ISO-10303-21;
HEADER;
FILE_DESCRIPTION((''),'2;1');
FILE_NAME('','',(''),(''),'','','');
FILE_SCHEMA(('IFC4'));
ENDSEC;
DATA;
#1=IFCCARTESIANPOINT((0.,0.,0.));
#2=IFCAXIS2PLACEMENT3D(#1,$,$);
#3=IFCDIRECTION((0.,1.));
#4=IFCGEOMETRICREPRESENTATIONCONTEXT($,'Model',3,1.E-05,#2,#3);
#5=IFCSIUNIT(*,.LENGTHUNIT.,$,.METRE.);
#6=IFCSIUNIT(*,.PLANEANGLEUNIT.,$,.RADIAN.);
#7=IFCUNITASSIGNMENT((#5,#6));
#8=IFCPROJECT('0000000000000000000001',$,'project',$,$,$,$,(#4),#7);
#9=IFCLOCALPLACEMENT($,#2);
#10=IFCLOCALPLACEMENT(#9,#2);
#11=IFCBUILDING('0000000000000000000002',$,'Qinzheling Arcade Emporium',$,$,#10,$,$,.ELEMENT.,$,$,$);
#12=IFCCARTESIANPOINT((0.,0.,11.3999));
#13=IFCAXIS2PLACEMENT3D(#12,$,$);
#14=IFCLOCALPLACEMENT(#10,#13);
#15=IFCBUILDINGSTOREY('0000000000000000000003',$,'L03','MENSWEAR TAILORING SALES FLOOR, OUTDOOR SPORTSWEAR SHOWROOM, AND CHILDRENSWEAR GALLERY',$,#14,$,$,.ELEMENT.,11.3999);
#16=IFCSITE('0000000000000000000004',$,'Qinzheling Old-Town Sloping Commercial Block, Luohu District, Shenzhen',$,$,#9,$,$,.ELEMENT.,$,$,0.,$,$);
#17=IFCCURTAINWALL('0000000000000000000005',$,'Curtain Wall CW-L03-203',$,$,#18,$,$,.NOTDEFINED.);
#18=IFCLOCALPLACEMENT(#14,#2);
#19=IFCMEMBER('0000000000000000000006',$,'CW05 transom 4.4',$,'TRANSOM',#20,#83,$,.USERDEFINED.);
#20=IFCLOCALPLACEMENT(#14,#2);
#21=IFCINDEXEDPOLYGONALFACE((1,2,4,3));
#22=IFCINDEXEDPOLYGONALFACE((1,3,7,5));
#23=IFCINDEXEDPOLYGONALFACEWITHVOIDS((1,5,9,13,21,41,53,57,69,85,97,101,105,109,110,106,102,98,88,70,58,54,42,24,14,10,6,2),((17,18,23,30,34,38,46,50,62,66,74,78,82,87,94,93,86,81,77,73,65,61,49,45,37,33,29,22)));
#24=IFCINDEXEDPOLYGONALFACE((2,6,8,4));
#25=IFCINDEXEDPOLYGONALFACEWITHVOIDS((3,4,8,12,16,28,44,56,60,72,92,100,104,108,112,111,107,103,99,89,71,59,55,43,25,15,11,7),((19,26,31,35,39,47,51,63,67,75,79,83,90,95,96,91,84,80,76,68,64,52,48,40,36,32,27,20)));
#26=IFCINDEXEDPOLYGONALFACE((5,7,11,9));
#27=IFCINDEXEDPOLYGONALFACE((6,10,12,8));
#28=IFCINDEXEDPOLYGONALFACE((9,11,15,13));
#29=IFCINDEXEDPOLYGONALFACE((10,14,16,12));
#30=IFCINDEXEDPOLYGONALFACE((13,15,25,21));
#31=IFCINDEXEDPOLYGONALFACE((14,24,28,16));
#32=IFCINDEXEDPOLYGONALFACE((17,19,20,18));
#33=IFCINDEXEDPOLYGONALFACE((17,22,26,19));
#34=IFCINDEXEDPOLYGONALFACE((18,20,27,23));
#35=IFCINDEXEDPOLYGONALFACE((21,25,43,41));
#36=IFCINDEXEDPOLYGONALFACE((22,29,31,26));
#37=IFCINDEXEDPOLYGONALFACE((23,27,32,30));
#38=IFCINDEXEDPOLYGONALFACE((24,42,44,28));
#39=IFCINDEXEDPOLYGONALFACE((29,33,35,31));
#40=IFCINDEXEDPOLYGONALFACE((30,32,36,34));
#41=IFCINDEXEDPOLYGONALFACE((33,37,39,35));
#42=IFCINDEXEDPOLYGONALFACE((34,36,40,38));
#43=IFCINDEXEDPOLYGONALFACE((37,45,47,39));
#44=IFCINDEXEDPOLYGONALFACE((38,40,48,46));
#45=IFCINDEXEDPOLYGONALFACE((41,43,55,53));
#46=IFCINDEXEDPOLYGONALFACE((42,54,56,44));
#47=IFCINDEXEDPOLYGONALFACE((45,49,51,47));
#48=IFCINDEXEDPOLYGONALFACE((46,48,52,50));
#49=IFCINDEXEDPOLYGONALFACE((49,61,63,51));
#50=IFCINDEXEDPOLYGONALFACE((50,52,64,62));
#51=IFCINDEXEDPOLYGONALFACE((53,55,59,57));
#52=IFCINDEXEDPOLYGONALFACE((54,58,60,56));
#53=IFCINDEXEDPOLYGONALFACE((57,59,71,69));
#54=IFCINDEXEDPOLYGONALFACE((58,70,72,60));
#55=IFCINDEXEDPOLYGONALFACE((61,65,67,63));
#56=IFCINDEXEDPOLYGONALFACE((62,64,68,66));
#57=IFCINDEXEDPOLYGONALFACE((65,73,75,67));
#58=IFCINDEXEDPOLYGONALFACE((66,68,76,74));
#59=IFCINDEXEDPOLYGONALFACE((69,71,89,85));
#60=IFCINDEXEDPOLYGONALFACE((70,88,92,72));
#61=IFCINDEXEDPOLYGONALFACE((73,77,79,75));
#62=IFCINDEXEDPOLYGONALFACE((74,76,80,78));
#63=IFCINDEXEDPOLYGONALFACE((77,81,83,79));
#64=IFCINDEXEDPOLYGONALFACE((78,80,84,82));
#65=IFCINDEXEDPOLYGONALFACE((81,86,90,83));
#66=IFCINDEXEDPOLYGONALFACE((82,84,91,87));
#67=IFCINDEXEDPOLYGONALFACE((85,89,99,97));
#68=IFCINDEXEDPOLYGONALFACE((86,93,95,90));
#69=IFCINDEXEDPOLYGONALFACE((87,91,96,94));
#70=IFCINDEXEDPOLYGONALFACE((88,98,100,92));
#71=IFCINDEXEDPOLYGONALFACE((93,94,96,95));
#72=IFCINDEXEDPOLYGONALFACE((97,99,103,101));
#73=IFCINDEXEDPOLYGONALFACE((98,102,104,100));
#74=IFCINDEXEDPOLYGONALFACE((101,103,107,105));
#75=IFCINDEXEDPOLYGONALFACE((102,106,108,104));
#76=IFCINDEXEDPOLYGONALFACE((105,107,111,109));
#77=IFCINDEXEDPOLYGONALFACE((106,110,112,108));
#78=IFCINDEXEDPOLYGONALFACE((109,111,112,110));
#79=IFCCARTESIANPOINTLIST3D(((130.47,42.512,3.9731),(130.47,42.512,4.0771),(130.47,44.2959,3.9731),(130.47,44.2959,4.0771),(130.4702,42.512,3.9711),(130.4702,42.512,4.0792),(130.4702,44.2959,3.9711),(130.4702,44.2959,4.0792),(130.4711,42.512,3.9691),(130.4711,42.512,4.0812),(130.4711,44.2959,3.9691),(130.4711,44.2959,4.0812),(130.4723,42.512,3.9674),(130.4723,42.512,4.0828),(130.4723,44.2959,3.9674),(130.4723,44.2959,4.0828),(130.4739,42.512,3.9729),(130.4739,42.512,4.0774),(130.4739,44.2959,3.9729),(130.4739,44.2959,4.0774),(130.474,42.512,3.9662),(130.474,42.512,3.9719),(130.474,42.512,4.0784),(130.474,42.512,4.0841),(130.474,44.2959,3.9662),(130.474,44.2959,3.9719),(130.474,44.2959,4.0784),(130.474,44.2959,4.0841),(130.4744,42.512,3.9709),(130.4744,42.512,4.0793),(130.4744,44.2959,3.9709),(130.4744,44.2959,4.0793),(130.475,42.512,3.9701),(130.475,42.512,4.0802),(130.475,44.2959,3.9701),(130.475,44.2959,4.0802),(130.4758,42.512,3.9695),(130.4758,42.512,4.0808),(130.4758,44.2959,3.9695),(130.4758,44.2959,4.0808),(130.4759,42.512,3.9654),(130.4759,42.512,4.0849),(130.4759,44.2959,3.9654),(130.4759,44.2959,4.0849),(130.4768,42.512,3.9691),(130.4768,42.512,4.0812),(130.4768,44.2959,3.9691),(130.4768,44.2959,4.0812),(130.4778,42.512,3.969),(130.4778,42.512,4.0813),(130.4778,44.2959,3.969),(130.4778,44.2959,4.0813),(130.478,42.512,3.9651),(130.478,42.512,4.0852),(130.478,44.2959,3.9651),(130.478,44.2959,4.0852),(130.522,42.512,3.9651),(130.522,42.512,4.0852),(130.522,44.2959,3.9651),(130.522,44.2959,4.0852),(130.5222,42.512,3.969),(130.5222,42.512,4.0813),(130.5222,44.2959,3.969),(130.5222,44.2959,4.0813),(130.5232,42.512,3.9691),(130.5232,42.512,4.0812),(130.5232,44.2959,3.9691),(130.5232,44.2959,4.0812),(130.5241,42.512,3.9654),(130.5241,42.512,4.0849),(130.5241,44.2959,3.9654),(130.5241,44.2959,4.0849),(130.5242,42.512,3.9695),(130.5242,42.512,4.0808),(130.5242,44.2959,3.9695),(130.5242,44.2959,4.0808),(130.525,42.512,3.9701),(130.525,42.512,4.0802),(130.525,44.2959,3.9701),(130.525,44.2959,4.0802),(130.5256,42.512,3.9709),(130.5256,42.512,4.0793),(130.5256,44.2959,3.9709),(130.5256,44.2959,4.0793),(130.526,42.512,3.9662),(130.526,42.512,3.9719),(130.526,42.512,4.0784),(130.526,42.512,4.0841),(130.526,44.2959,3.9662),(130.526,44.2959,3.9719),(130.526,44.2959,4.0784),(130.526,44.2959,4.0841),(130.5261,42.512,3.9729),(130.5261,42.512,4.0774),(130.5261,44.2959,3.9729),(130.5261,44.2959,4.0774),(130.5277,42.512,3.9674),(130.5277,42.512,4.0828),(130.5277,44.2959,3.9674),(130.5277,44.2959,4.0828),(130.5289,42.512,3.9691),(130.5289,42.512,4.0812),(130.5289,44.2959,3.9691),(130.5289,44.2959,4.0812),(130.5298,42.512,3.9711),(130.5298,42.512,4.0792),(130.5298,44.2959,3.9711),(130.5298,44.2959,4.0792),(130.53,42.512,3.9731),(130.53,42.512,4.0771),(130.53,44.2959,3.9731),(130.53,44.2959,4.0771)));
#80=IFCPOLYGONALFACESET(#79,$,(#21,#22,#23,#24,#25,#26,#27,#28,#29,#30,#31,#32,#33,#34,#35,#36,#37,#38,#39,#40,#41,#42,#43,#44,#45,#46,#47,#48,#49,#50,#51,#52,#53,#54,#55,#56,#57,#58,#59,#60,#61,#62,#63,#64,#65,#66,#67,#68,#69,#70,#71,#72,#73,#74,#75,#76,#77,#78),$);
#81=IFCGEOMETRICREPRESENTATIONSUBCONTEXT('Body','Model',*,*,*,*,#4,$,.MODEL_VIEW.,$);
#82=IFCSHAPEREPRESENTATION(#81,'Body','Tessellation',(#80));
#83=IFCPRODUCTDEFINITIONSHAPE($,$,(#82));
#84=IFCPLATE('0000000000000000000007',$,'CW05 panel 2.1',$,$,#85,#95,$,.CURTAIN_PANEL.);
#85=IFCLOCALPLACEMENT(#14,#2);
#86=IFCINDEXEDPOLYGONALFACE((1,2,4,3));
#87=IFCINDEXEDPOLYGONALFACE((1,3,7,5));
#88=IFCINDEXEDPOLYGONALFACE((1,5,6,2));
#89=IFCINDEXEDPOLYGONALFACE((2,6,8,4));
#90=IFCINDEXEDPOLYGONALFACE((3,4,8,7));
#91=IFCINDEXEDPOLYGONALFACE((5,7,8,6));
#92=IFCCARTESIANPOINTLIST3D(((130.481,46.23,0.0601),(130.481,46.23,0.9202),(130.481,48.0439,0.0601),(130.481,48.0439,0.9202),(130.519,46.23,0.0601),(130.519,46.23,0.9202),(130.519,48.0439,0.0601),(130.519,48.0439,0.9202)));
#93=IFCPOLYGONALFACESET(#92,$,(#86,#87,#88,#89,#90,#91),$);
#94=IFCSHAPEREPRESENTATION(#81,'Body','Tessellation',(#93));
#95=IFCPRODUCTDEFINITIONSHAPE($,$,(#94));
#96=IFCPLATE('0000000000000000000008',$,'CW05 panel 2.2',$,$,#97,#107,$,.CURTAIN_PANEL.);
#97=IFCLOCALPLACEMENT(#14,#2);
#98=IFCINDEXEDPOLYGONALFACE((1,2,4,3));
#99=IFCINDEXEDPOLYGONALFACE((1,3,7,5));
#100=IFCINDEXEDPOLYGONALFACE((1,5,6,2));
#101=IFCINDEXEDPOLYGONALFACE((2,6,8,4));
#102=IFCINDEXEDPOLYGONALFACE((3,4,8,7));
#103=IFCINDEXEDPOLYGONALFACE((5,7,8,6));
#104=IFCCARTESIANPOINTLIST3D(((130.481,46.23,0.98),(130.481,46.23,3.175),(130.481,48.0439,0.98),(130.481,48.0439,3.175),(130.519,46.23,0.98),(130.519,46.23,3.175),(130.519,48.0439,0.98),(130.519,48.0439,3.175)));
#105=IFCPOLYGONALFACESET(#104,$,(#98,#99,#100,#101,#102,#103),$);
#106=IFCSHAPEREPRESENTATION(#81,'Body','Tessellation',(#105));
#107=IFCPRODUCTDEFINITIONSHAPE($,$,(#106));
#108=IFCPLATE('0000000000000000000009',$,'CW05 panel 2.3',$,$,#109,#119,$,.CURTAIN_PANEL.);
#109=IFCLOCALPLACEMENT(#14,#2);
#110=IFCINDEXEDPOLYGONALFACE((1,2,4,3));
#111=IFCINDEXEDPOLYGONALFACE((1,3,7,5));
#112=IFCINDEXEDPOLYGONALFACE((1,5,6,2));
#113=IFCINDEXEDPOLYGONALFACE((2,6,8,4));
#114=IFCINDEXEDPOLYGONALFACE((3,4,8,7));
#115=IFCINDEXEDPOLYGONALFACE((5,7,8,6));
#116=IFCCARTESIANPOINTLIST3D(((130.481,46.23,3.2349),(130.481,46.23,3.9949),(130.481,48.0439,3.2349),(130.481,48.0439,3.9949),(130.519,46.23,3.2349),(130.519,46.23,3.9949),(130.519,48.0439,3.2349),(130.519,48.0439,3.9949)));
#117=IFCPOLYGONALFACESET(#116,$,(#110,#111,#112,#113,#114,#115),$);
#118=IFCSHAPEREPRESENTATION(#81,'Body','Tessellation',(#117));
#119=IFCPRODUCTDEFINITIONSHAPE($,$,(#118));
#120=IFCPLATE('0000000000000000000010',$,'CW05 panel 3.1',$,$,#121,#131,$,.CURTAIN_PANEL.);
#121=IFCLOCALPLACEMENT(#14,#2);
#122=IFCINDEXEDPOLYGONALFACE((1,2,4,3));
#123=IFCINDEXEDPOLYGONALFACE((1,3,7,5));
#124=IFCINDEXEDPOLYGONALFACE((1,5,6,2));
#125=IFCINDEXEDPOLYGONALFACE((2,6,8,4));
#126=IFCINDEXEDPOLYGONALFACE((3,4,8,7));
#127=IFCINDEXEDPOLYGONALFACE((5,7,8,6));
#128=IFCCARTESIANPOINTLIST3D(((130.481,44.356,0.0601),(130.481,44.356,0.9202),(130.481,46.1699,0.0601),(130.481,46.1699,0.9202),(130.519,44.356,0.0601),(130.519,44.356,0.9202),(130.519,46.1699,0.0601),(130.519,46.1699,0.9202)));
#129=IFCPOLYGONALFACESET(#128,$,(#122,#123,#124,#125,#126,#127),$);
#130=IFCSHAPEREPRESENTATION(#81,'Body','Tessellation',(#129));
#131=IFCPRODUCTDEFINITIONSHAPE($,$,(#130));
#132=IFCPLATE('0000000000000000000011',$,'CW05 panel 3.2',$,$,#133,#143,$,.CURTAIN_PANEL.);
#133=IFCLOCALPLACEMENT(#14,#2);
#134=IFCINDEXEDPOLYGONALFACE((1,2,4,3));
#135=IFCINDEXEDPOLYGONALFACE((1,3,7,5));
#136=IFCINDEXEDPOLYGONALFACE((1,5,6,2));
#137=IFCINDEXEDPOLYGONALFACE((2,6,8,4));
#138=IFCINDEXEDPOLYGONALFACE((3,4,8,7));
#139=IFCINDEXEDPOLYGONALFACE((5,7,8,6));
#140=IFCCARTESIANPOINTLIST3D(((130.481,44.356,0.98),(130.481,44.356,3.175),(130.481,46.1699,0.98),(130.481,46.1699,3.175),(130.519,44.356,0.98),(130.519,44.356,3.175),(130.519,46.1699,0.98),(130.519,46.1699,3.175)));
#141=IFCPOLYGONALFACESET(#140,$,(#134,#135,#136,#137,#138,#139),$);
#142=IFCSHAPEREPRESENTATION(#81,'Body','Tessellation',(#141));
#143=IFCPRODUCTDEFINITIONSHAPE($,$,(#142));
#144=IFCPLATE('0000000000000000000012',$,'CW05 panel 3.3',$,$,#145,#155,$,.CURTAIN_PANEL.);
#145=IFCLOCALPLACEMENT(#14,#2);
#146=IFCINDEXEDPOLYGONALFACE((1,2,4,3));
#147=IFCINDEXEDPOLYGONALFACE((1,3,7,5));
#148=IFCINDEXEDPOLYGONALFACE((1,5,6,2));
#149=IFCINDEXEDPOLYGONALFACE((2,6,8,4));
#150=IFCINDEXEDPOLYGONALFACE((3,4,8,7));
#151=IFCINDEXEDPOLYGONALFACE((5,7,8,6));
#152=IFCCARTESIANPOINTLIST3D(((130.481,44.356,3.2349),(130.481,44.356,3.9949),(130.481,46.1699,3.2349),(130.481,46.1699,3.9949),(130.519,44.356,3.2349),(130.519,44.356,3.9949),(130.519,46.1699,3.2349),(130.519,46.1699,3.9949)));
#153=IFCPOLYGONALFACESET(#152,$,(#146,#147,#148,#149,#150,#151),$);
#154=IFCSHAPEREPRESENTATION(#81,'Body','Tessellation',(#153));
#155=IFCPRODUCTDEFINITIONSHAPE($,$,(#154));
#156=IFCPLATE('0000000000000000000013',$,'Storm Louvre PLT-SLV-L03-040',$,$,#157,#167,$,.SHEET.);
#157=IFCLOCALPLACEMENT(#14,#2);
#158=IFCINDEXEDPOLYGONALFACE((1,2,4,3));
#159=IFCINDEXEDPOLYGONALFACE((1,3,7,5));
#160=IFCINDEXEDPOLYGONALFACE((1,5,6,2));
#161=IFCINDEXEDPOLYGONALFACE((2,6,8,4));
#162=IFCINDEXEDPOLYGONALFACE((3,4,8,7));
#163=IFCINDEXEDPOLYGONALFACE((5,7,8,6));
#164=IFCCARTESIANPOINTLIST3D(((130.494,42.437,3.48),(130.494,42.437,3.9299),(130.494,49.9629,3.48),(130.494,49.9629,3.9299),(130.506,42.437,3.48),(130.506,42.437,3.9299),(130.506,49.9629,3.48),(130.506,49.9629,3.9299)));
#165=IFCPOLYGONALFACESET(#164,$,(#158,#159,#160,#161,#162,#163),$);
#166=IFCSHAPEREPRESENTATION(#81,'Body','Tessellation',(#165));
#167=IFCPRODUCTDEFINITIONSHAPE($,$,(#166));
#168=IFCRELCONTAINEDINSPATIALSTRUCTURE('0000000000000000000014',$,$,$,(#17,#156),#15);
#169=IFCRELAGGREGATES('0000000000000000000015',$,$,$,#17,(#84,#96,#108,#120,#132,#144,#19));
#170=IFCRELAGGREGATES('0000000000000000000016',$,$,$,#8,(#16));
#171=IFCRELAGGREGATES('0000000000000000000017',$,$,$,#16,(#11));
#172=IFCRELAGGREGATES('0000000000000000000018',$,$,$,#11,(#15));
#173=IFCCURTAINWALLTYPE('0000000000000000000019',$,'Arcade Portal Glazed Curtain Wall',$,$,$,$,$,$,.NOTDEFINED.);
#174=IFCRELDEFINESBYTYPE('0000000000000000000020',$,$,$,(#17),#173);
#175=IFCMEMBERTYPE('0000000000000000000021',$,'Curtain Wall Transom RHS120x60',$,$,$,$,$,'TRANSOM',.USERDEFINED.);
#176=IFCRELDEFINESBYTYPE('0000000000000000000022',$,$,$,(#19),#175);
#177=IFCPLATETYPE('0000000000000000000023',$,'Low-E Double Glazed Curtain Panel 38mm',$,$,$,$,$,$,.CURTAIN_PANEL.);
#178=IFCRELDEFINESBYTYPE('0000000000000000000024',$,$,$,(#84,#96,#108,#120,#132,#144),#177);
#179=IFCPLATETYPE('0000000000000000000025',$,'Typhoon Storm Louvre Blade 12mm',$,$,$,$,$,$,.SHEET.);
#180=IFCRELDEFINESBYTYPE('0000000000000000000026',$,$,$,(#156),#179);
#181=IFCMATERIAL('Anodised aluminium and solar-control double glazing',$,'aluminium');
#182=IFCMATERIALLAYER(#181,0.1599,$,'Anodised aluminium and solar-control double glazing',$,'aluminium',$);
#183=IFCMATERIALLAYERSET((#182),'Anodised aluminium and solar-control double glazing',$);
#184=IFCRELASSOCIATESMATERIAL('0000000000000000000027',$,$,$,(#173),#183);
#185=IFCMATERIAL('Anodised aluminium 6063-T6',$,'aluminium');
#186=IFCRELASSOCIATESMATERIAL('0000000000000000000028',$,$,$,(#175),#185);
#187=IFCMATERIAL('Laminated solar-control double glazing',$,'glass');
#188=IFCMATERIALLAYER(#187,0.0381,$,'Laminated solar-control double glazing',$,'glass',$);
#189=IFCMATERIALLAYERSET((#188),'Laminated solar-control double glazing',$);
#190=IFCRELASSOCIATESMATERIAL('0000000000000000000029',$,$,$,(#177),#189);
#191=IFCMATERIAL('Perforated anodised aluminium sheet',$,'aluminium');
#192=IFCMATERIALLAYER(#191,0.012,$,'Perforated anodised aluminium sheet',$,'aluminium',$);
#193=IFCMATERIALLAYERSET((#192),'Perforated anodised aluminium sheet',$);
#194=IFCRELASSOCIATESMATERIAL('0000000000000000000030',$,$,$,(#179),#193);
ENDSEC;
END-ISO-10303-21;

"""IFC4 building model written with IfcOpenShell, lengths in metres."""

from ifc_helpers import new_model, si_unit, direction, frame, origin, origin_2d, place, context, subcontext, project, spatial, rectangle, hollow_rectangle, extrude, material, layer, layer_set, material_profile, profile_set, type_object, element, aggregate, save


model = new_model("IFC4")

# Units and contexts
model_context = context("Model", 3, precision=1e-05, world=origin(), true_north=direction((0.0, 1.0)))
body_context = subcontext(model_context, "Body", "Model", "MODEL_VIEW")
ifc_project = project(units=[si_unit("LENGTHUNIT", "METRE"), si_unit("PLANEANGLEUNIT", "RADIAN")], contexts=[model_context])

# Site, building, storey
site_placement = place(None, origin())
site = spatial("IfcSite", under=ifc_project, at=site_placement, Name="Qinzheling Old-Town Sloping Commercial Block, Luohu District, Shenzhen", CompositionType="ELEMENT", RefElevation=0.0)
building_placement = place(site_placement, origin())
building = spatial("IfcBuilding", under=site, at=building_placement, Name="Qinzheling Arcade Emporium", CompositionType="ELEMENT")
storey_placement = place(building_placement, frame((0.0, 0.0, 11.3999)))
storey = spatial("IfcBuildingStorey", under=building, at=storey_placement, Name="L03", Description="MENSWEAR TAILORING SALES FLOOR, OUTDOOR SPORTSWEAR SHOWROOM, AND CHILDRENSWEAR GALLERY", CompositionType="ELEMENT", Elevation=11.3999)

# Curtain wall, member, plates
ifc_material_1 = material(Name="Anodised aluminium and solar-control double glazing", Category="aluminium")
ifc_layer_1 = layer(ifc_material_1, 0.1599, Name="Anodised aluminium and solar-control double glazing", Category="aluminium")
ifc_layer_set_1 = layer_set([ifc_layer_1], Name="Anodised aluminium and solar-control double glazing")
curtain_wall_type = type_object("IfcCurtainWallType", Name="Arcade Portal Glazed Curtain Wall", PredefinedType="NOTDEFINED", material=ifc_layer_set_1)
curtain_wall_placement = place(storey_placement, origin())
curtain_wall = element("IfcCurtainWall", 1, at=curtain_wall_placement, inside=storey, type_object=curtain_wall_type, Name="Curtain Wall CW-L03-203", PredefinedType="NOTDEFINED")
ifc_material_2 = material(Name="Anodised aluminium 6063-T6", Category="aluminium")
ifc_material_profile_1 = material_profile(ifc_material_2, hollow_rectangle(XDim=0.0601, YDim=0.1201, WallThickness=0.0039, InnerFilletRadius=0.0039, OuterFilletRadius=0.0081, at=origin_2d()), Name="RHS 120x60x4", Category="aluminium")
ifc_profile_set_1 = profile_set([ifc_material_profile_1], Name="Anodised aluminium 6063-T6")
member_type_1 = type_object("IfcMemberType", Name="Curtain Wall Transom RHS120x60", ElementType="TRANSOM", PredefinedType="USERDEFINED", material=ifc_profile_set_1)
member_1_placement = place(storey_placement, frame((130.5, 44.2959, 4.0251), z_axis=(0.0, -1.0, 0.0), x_axis=(1.0, 0.0, 0.0)))
member_1 = element("IfcMember", 2, at=member_1_placement, type_object=member_type_1, Name="CW05 transom 4.4", ObjectType="TRANSOM", PredefinedType="USERDEFINED", context=body_context, shape_type="SweptSolid", body=[
    extrude(hollow_rectangle(XDim=0.0601, YDim=0.1201, WallThickness=0.0039, InnerFilletRadius=0.0039, OuterFilletRadius=0.0081, at=origin_2d()), origin(), (0.0, 0.0, 1.0), 1.7839),
])
ifc_material_3 = material(Name="Laminated solar-control double glazing", Category="glass")
ifc_layer_2 = layer(ifc_material_3, 0.0381, Name="Laminated solar-control double glazing", Category="glass")
ifc_layer_set_2 = layer_set([ifc_layer_2], Name="Laminated solar-control double glazing")
plate_type_1 = type_object("IfcPlateType", Name="Low-E Double Glazed Curtain Panel 38mm", PredefinedType="CURTAIN_PANEL", material=ifc_layer_set_2)
plate_1_placement = place(storey_placement, frame((130.5, 47.137, 0.0601), z_axis=(0.0, 0.0, 1.0), x_axis=(0.0, -1.0, 0.0)))
plate_1 = element("IfcPlate", 3, at=plate_1_placement, type_object=plate_type_1, Name="CW05 panel 2.1", PredefinedType="CURTAIN_PANEL", context=body_context, shape_type="SweptSolid", body=[
    extrude(rectangle(XDim=1.814, YDim=0.0381, at=origin_2d()), origin(), (0.0, 0.0, 1.0), 0.8601),
])
plate_2_placement = place(storey_placement, frame((130.5, 47.137, 0.98), z_axis=(0.0, 0.0, 1.0), x_axis=(0.0, -1.0, 0.0)))
plate_2 = element("IfcPlate", 4, at=plate_2_placement, type_object=plate_type_1, Name="CW05 panel 2.2", PredefinedType="CURTAIN_PANEL", context=body_context, shape_type="SweptSolid", body=[
    extrude(rectangle(XDim=1.814, YDim=0.0381, at=origin_2d()), origin(), (0.0, 0.0, 1.0), 2.1951),
])
plate_3_placement = place(storey_placement, frame((130.5, 47.137, 3.2349), z_axis=(0.0, 0.0, 1.0), x_axis=(0.0, -1.0, 0.0)))
plate_3 = element("IfcPlate", 5, at=plate_3_placement, type_object=plate_type_1, Name="CW05 panel 2.3", PredefinedType="CURTAIN_PANEL", context=body_context, shape_type="SweptSolid", body=[
    extrude(rectangle(XDim=1.814, YDim=0.0381, at=origin_2d()), origin(), (0.0, 0.0, 1.0), 0.76),
])
plate_4_placement = place(storey_placement, frame((130.5, 45.2629, 0.0601), z_axis=(0.0, 0.0, 1.0), x_axis=(0.0, -1.0, 0.0)))
plate_4 = element("IfcPlate", 6, at=plate_4_placement, type_object=plate_type_1, Name="CW05 panel 3.1", PredefinedType="CURTAIN_PANEL", context=body_context, shape_type="SweptSolid", body=[
    extrude(rectangle(XDim=1.814, YDim=0.0381, at=origin_2d()), origin(), (0.0, 0.0, 1.0), 0.8601),
])
plate_5_placement = place(storey_placement, frame((130.5, 45.2629, 0.98), z_axis=(0.0, 0.0, 1.0), x_axis=(0.0, -1.0, 0.0)))
plate_5 = element("IfcPlate", 7, at=plate_5_placement, type_object=plate_type_1, Name="CW05 panel 3.2", PredefinedType="CURTAIN_PANEL", context=body_context, shape_type="SweptSolid", body=[
    extrude(rectangle(XDim=1.814, YDim=0.0381, at=origin_2d()), origin(), (0.0, 0.0, 1.0), 2.1951),
])
plate_6_placement = place(storey_placement, frame((130.5, 45.2629, 3.2349), z_axis=(0.0, 0.0, 1.0), x_axis=(0.0, -1.0, 0.0)))
plate_6 = element("IfcPlate", 8, at=plate_6_placement, type_object=plate_type_1, Name="CW05 panel 3.3", PredefinedType="CURTAIN_PANEL", context=body_context, shape_type="SweptSolid", body=[
    extrude(rectangle(XDim=1.814, YDim=0.0381, at=origin_2d()), origin(), (0.0, 0.0, 1.0), 0.76),
])
aggregate(curtain_wall, [plate_1, plate_2, plate_3, plate_4, plate_5, plate_6, member_1])

# Plate
ifc_material_4 = material(Name="Perforated anodised aluminium sheet", Category="aluminium")
ifc_layer_3 = layer(ifc_material_4, 0.012, Name="Perforated anodised aluminium sheet", Category="aluminium")
ifc_layer_set_3 = layer_set([ifc_layer_3], Name="Perforated anodised aluminium sheet")
plate_type_2 = type_object("IfcPlateType", Name="Typhoon Storm Louvre Blade 12mm", PredefinedType="SHEET", material=ifc_layer_set_3)
plate_7_placement = place(storey_placement, frame((130.5, 46.2, 3.48), z_axis=(0.0, 0.0, 1.0), x_axis=(0.0, -1.0, 0.0)))
element("IfcPlate", 9, at=plate_7_placement, inside=storey, type_object=plate_type_2, Name="Storm Louvre PLT-SLV-L03-040", PredefinedType="SHEET", context=body_context, shape_type="SweptSolid", body=[
    extrude(rectangle(XDim=7.5259, YDim=0.012, at=origin_2d()), origin(), (0.0, 0.0, 1.0), 0.45),
])

save(model, "model.ifc")
